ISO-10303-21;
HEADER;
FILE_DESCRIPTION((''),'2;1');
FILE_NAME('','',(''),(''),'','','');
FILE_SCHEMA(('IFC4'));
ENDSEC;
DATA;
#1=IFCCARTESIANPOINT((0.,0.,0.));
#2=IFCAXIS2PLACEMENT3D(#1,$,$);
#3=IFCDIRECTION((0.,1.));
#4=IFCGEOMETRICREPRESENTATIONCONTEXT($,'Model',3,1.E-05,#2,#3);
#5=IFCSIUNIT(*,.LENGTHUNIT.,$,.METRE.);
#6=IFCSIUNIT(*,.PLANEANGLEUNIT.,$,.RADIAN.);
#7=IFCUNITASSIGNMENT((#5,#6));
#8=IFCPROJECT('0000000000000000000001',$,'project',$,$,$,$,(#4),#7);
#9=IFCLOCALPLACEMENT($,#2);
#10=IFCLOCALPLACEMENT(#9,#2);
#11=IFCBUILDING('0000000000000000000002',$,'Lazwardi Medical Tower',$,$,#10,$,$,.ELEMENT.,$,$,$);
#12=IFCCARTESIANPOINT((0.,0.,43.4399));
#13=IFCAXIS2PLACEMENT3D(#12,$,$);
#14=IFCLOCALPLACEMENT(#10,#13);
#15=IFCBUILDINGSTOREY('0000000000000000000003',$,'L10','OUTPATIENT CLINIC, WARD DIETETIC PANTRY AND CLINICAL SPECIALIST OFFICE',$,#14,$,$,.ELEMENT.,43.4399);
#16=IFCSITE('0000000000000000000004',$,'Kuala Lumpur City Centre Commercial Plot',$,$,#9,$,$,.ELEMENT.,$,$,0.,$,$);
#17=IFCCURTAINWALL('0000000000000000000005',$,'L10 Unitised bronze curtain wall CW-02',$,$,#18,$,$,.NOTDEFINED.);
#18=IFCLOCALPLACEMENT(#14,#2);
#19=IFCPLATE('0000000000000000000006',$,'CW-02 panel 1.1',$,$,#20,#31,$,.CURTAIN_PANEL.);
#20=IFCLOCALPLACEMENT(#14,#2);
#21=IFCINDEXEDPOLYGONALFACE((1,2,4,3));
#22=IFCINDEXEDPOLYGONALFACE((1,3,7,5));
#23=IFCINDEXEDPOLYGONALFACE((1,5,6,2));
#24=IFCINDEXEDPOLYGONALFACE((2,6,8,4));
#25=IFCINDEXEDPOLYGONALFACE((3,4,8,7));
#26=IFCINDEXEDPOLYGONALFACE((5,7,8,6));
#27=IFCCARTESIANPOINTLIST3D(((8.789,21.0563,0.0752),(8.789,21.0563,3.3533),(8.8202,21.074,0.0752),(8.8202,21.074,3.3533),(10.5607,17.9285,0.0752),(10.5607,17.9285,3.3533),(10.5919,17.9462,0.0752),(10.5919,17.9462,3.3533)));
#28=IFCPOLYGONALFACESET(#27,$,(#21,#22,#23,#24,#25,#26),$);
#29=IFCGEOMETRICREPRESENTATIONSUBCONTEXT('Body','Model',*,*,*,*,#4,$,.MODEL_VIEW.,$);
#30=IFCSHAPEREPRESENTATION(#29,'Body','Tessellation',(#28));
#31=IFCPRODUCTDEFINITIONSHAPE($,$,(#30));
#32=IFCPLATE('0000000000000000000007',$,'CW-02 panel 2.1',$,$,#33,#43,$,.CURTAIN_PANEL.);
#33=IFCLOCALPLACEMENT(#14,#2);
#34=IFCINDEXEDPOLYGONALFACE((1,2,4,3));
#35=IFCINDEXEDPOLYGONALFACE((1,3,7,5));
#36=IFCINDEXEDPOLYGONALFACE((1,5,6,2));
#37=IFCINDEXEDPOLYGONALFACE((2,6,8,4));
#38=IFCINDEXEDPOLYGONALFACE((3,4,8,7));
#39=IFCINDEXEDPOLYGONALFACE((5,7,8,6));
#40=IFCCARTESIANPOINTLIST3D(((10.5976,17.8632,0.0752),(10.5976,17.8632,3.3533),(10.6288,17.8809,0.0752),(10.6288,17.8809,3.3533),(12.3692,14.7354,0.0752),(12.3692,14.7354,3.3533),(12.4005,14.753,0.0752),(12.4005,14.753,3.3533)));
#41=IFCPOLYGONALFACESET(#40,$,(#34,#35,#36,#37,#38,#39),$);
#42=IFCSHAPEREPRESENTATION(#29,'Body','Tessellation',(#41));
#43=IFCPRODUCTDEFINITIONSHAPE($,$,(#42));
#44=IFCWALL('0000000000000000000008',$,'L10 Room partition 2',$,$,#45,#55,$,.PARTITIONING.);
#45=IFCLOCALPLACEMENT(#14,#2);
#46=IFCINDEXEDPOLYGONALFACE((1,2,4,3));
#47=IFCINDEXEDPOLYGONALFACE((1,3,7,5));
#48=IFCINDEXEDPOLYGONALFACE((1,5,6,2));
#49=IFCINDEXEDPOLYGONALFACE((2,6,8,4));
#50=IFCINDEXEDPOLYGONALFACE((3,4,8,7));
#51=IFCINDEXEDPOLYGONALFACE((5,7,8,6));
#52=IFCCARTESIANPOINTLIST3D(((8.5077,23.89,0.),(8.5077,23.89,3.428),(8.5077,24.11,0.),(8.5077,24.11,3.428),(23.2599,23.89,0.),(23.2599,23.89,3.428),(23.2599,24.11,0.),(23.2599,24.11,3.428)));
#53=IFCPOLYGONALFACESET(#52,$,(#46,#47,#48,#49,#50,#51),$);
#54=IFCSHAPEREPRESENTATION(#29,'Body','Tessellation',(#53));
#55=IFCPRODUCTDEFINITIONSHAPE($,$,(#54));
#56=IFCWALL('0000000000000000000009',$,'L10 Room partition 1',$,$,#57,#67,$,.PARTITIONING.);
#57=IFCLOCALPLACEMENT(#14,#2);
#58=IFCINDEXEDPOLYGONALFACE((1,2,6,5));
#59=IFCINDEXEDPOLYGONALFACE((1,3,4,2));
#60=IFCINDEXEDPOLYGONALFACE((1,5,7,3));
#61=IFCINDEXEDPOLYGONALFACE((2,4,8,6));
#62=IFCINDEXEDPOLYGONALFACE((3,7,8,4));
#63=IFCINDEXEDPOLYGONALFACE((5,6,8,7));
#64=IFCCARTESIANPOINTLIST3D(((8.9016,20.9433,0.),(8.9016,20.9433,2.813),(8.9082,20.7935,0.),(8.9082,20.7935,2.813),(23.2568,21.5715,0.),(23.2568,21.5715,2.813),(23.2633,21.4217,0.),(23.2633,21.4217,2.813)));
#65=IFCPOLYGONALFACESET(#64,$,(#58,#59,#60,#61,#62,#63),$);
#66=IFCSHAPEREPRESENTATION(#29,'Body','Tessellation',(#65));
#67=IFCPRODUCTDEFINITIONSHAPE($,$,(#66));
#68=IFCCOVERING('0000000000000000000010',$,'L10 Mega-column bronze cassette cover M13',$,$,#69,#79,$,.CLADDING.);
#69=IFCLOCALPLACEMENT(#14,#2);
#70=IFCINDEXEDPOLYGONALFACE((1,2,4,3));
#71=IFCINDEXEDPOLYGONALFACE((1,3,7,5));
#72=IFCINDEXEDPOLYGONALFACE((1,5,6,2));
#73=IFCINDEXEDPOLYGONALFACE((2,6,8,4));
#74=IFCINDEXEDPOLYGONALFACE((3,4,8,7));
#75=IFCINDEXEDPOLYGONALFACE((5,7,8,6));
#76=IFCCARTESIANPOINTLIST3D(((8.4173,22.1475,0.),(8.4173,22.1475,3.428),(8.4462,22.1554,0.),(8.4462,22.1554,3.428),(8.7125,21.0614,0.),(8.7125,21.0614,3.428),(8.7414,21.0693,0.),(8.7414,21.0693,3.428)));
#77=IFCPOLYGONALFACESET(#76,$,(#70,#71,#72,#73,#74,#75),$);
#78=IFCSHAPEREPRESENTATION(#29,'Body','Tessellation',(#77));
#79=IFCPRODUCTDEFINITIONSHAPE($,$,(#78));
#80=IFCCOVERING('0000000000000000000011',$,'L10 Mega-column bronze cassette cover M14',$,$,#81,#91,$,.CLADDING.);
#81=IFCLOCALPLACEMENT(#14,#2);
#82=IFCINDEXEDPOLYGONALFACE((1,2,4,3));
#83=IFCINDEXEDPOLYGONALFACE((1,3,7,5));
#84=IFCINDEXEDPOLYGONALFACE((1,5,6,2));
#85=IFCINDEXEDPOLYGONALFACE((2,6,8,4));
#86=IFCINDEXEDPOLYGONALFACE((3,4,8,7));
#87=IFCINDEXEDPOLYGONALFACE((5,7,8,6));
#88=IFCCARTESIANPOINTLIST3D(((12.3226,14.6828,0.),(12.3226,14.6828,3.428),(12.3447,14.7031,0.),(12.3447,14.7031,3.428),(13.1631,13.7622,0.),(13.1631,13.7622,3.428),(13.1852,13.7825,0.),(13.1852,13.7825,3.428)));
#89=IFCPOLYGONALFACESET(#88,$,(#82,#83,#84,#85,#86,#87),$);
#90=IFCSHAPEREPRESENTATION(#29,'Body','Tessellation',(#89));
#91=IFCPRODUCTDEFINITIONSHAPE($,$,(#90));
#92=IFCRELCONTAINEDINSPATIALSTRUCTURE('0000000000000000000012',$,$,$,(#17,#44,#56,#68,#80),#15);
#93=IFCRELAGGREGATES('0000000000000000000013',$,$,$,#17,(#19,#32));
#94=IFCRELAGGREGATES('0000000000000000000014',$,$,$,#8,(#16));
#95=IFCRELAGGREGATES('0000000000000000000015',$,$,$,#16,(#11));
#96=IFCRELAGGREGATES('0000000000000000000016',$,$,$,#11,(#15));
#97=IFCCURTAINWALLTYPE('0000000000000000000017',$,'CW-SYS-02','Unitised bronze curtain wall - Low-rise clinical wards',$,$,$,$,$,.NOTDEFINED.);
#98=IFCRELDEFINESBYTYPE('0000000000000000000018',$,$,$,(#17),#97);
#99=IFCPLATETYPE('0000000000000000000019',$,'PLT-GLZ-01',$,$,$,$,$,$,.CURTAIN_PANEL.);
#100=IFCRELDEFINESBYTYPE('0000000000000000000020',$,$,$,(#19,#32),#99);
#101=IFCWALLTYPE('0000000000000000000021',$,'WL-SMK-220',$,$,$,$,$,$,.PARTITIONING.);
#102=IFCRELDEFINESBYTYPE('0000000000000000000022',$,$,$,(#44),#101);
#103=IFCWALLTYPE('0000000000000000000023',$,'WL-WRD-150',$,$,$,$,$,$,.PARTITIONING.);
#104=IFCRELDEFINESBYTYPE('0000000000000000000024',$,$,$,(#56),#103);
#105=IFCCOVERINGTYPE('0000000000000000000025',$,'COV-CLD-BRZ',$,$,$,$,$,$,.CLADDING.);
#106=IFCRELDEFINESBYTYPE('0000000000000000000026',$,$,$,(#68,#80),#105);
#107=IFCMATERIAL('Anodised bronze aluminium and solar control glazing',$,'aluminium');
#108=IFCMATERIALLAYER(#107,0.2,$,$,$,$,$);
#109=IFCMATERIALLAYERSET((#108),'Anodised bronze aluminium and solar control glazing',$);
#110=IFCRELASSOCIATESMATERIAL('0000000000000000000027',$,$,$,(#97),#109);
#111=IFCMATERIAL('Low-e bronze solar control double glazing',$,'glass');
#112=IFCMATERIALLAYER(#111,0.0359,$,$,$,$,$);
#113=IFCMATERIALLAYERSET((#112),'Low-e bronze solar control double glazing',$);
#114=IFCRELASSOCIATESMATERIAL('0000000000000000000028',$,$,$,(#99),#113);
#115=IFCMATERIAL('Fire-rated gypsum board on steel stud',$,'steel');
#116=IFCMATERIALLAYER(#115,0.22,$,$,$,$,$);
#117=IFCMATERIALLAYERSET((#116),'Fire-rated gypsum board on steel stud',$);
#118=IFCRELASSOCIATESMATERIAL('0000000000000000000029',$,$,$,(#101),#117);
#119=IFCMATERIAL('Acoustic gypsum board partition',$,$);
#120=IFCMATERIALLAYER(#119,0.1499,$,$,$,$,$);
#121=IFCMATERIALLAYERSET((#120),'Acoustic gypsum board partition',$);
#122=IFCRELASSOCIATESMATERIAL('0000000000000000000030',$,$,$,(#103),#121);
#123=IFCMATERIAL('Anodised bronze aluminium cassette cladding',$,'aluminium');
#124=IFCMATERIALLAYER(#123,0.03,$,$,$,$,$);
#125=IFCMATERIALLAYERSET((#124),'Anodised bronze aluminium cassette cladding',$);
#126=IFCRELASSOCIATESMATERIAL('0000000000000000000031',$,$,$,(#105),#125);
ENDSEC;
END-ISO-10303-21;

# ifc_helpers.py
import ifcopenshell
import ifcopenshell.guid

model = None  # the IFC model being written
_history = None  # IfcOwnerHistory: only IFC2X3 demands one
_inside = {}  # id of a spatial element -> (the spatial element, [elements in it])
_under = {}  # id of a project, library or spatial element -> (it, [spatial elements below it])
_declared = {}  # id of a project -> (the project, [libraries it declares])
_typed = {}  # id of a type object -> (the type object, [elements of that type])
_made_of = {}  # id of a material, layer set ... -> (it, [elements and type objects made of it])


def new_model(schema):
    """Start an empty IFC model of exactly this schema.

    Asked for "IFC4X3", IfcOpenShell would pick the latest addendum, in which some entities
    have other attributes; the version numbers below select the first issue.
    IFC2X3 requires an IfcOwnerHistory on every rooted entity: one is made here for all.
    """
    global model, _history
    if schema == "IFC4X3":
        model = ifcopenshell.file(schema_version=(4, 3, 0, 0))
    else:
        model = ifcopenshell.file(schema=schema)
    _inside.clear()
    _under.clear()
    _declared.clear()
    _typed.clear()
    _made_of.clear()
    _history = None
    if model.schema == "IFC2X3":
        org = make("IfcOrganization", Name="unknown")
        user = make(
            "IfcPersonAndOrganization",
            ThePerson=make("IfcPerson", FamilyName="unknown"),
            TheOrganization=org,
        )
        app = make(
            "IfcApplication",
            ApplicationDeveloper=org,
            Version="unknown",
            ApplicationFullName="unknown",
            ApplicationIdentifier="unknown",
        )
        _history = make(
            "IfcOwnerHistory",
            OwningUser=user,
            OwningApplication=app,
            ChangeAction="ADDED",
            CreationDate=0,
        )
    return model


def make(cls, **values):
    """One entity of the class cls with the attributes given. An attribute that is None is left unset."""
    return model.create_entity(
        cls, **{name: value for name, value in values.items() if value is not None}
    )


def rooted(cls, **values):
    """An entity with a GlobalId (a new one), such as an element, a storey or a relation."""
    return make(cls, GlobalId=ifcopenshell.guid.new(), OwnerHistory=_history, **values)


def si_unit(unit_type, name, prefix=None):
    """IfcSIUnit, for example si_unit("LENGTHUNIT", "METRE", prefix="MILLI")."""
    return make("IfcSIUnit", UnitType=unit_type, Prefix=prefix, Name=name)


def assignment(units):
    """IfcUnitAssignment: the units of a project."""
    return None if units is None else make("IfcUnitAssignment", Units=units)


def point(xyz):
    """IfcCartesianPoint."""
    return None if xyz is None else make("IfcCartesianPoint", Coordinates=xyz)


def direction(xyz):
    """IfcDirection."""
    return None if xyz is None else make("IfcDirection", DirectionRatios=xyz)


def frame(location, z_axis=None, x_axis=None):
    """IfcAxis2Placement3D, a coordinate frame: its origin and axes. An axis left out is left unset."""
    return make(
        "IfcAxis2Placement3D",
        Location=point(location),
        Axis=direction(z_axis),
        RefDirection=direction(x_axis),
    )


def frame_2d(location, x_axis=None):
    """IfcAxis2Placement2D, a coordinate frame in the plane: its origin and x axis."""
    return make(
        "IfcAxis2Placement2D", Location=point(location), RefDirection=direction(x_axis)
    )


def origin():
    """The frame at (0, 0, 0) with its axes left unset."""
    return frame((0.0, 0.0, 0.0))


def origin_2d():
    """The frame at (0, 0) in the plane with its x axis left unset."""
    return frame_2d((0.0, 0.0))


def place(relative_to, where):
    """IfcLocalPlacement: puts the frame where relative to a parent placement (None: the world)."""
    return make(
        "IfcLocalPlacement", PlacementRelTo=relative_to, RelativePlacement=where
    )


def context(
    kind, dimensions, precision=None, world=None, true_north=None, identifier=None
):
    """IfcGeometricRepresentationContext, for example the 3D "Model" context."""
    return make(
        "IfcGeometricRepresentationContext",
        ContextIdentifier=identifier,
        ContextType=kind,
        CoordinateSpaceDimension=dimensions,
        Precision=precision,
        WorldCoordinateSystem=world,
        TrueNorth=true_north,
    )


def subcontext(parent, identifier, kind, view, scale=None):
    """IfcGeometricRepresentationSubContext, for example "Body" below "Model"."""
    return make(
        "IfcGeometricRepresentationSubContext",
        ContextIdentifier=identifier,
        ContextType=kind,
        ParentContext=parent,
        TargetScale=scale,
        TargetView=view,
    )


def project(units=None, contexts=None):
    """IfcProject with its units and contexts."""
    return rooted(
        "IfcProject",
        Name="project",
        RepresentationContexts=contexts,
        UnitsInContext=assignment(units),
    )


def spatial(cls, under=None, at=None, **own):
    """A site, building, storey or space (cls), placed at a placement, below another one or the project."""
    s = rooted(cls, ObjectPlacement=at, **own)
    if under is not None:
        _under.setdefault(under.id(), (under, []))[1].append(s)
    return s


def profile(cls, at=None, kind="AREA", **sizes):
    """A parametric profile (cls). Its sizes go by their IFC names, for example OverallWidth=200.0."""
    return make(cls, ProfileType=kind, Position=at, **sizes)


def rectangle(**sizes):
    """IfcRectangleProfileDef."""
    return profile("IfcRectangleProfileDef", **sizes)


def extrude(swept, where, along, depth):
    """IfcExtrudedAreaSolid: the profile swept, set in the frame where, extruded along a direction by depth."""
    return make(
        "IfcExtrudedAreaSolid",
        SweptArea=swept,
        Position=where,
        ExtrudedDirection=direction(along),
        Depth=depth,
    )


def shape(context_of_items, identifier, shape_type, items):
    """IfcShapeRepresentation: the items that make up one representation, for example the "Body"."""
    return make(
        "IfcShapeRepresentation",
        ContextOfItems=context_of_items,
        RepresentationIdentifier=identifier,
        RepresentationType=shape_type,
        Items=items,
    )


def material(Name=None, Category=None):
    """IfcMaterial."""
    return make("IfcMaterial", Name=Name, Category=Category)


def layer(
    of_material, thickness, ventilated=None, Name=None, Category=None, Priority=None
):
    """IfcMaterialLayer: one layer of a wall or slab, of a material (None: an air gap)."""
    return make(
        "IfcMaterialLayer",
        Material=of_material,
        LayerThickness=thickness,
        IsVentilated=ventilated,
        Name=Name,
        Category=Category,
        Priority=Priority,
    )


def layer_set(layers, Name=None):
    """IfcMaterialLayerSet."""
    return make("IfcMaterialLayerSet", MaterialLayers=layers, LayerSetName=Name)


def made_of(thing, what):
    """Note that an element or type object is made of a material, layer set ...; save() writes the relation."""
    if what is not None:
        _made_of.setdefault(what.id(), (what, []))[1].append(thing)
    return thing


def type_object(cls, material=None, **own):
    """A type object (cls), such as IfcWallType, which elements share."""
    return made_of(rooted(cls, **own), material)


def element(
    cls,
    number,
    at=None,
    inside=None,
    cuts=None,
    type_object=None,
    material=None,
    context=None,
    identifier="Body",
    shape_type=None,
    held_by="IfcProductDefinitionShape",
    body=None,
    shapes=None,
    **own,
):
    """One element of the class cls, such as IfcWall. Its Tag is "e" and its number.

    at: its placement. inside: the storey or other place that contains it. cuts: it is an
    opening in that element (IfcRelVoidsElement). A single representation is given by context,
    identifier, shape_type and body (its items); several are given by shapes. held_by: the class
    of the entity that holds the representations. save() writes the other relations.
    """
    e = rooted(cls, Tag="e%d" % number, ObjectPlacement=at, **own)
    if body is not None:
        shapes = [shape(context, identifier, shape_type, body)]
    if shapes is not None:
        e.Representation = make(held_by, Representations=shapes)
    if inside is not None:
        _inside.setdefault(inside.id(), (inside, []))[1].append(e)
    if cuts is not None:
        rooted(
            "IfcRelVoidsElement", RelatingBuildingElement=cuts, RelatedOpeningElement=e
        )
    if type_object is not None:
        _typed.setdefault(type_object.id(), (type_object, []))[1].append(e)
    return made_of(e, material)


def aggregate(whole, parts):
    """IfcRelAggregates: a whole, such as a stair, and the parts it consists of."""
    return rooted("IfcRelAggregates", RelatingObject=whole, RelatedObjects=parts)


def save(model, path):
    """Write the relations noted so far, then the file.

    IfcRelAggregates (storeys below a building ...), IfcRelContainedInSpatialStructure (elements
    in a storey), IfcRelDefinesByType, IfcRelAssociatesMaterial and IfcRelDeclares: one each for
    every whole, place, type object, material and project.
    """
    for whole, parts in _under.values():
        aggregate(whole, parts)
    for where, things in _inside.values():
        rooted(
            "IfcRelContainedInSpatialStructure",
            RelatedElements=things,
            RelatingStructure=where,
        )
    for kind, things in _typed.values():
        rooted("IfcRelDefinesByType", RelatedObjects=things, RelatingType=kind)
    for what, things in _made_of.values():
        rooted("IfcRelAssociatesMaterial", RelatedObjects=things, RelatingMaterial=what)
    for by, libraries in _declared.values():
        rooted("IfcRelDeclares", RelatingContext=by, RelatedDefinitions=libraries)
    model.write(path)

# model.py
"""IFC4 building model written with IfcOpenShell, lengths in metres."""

from ifc_helpers import new_model, si_unit, direction, frame, frame_2d, origin, origin_2d, place, context, subcontext, project, spatial, rectangle, extrude, material, layer, layer_set, type_object, element, aggregate, save


model = new_model("IFC4")

# Units and contexts
model_context = context("Model", 3, precision=1e-05, world=origin(), true_north=direction((0.0, 1.0)))
body_context = subcontext(model_context, "Body", "Model", "MODEL_VIEW")
ifc_project = project(units=[si_unit("LENGTHUNIT", "METRE"), si_unit("PLANEANGLEUNIT", "RADIAN")], contexts=[model_context])

# Site, building, storey
site_placement = place(None, origin())
site = spatial("IfcSite", under=ifc_project, at=site_placement, Name="Kuala Lumpur City Centre Commercial Plot", CompositionType="ELEMENT", RefElevation=0.0)
building_placement = place(site_placement, origin())
building = spatial("IfcBuilding", under=site, at=building_placement, Name="Lazwardi Medical Tower", CompositionType="ELEMENT")
storey_placement = place(building_placement, frame((0.0, 0.0, 43.4399)))
storey = spatial("IfcBuildingStorey", under=building, at=storey_placement, Name="L10", Description="OUTPATIENT CLINIC, WARD DIETETIC PANTRY AND CLINICAL SPECIALIST OFFICE", CompositionType="ELEMENT", Elevation=43.4399)

# Shared definitions
ifc_material_1 = material(Name="Anodised bronze aluminium and solar control glazing", Category="aluminium")
ifc_layer_1 = layer(ifc_material_1, 0.2)
ifc_layer_set_1 = layer_set([ifc_layer_1], Name="Anodised bronze aluminium and solar control glazing")
curtain_wall_type = type_object("IfcCurtainWallType", Name="CW-SYS-02", Description="Unitised bronze curtain wall - Low-rise clinical wards", PredefinedType="NOTDEFINED", material=ifc_layer_set_1)

# Curtain wall
curtain_wall_1_placement = place(storey_placement, origin())
curtain_wall_1 = element("IfcCurtainWall", 1, at=curtain_wall_1_placement, inside=storey, type_object=curtain_wall_type, Name="L10 Unitised bronze curtain wall CW-02", PredefinedType="NOTDEFINED")

# Plates
ifc_material_2 = material(Name="Low-e bronze solar control double glazing", Category="glass")
ifc_layer_2 = layer(ifc_material_2, 0.0359)
ifc_layer_set_2 = layer_set([ifc_layer_2], Name="Low-e bronze solar control double glazing")
plate_type = type_object("IfcPlateType", Name="PLT-GLZ-01", PredefinedType="CURTAIN_PANEL", material=ifc_layer_set_2)
plate_1_placement = place(storey_placement, frame((9.6904, 19.5012, 0.0752), z_axis=(0.0, 0.0, 1.0), x_axis=(0.492854, -0.870112, 0.0)))
plate_1 = element("IfcPlate", 2, at=plate_1_placement, type_object=plate_type, Name="CW-02 panel 1.1", PredefinedType="CURTAIN_PANEL", context=body_context, shape_type="SweptSolid", body=[
    extrude(rectangle(XDim=3.5947, YDim=0.0359, at=origin_2d()), origin(), (0.0, 0.0, 1.0), 3.2781),
])
plate_2_placement = place(storey_placement, frame((11.499, 16.3081, 0.0752), z_axis=(0.0, 0.0, 1.0), x_axis=(0.492854, -0.870112, 0.0)))
plate_2 = element("IfcPlate", 3, at=plate_2_placement, type_object=plate_type, Name="CW-02 panel 2.1", PredefinedType="CURTAIN_PANEL", context=body_context, shape_type="SweptSolid", body=[
    extrude(rectangle(XDim=3.5947, YDim=0.0359, at=origin_2d()), origin(), (0.0, 0.0, 1.0), 3.2781),
])
aggregate(curtain_wall_1, [plate_1, plate_2])

# Walls
ifc_material_3 = material(Name="Fire-rated gypsum board on steel stud", Category="steel")
ifc_layer_3 = layer(ifc_material_3, 0.22)
ifc_layer_set_3 = layer_set([ifc_layer_3], Name="Fire-rated gypsum board on steel stud")
wall_type_1 = type_object("IfcWallType", Name="WL-SMK-220", PredefinedType="PARTITIONING", material=ifc_layer_set_3)
wall_1_placement = place(storey_placement, frame((8.5078, 24.0, 0.0), z_axis=(0.0, 0.0, 1.0), x_axis=(1.0, 0.0, 0.0)))
element("IfcWall", 4, at=wall_1_placement, inside=storey, type_object=wall_type_1, Name="L10 Room partition 2", PredefinedType="PARTITIONING", context=body_context, shape_type="SweptSolid", body=[
    extrude(rectangle(XDim=14.7522, YDim=0.22, at=frame_2d((7.376, 0.0))), origin(), (0.0, 0.0, 1.0), 3.428),
])
ifc_material_4 = material(Name="Acoustic gypsum board partition")
ifc_layer_4 = layer(ifc_material_4, 0.1499)
ifc_layer_set_4 = layer_set([ifc_layer_4], Name="Acoustic gypsum board partition")
wall_type_2 = type_object("IfcWallType", Name="WL-WRD-150", PredefinedType="PARTITIONING", material=ifc_layer_set_4)
wall_2_placement = place(storey_placement, frame((8.9048, 20.8684, 0.0), z_axis=(0.0, 0.0, 1.0), x_axis=(0.999044, 0.043717, 0.0)))
element("IfcWall", 5, at=wall_2_placement, inside=storey, type_object=wall_type_2, Name="L10 Room partition 1", PredefinedType="PARTITIONING", context=body_context, shape_type="SweptSolid", body=[
    extrude(rectangle(XDim=14.3689, YDim=0.1499, at=frame_2d((7.1846, 0.0))), origin(), (0.0, 0.0, 1.0), 2.813),
])

# Coverings
ifc_material_5 = material(Name="Anodised bronze aluminium cassette cladding", Category="aluminium")
ifc_layer_5 = layer(ifc_material_5, 0.03)
ifc_layer_set_5 = layer_set([ifc_layer_5], Name="Anodised bronze aluminium cassette cladding")
covering_type = type_object("IfcCoveringType", Name="COV-CLD-BRZ", PredefinedType="CLADDING", material=ifc_layer_set_5)
covering_1_placement = place(storey_placement, frame((8.5793, 21.6084, 0.0), z_axis=(0.0, 0.0, 1.0), x_axis=(0.262283, -0.964991, 0.0)))
element("IfcCovering", 6, at=covering_1_placement, inside=storey, type_object=covering_type, Name="L10 Mega-column bronze cassette cover M13", PredefinedType="CLADDING", context=body_context, shape_type="SweptSolid", body=[
    extrude(rectangle(XDim=1.1255, YDim=0.03, at=origin_2d()), origin(), (0.0, 0.0, 1.0), 3.428),
])
covering_2_placement = place(storey_placement, frame((12.7539, 14.2327, 0.0), z_axis=(0.0, 0.0, 1.0), x_axis=(0.674252, -0.738501, 0.0)))
element("IfcCovering", 7, at=covering_2_placement, inside=storey, type_object=covering_type, Name="L10 Mega-column bronze cassette cover M14", PredefinedType="CLADDING", context=body_context, shape_type="SweptSolid", body=[
    extrude(rectangle(XDim=1.2466, YDim=0.03, at=origin_2d()), origin(), (0.0, 0.0, 1.0), 3.428),
])

save(model, "model.ifc")
